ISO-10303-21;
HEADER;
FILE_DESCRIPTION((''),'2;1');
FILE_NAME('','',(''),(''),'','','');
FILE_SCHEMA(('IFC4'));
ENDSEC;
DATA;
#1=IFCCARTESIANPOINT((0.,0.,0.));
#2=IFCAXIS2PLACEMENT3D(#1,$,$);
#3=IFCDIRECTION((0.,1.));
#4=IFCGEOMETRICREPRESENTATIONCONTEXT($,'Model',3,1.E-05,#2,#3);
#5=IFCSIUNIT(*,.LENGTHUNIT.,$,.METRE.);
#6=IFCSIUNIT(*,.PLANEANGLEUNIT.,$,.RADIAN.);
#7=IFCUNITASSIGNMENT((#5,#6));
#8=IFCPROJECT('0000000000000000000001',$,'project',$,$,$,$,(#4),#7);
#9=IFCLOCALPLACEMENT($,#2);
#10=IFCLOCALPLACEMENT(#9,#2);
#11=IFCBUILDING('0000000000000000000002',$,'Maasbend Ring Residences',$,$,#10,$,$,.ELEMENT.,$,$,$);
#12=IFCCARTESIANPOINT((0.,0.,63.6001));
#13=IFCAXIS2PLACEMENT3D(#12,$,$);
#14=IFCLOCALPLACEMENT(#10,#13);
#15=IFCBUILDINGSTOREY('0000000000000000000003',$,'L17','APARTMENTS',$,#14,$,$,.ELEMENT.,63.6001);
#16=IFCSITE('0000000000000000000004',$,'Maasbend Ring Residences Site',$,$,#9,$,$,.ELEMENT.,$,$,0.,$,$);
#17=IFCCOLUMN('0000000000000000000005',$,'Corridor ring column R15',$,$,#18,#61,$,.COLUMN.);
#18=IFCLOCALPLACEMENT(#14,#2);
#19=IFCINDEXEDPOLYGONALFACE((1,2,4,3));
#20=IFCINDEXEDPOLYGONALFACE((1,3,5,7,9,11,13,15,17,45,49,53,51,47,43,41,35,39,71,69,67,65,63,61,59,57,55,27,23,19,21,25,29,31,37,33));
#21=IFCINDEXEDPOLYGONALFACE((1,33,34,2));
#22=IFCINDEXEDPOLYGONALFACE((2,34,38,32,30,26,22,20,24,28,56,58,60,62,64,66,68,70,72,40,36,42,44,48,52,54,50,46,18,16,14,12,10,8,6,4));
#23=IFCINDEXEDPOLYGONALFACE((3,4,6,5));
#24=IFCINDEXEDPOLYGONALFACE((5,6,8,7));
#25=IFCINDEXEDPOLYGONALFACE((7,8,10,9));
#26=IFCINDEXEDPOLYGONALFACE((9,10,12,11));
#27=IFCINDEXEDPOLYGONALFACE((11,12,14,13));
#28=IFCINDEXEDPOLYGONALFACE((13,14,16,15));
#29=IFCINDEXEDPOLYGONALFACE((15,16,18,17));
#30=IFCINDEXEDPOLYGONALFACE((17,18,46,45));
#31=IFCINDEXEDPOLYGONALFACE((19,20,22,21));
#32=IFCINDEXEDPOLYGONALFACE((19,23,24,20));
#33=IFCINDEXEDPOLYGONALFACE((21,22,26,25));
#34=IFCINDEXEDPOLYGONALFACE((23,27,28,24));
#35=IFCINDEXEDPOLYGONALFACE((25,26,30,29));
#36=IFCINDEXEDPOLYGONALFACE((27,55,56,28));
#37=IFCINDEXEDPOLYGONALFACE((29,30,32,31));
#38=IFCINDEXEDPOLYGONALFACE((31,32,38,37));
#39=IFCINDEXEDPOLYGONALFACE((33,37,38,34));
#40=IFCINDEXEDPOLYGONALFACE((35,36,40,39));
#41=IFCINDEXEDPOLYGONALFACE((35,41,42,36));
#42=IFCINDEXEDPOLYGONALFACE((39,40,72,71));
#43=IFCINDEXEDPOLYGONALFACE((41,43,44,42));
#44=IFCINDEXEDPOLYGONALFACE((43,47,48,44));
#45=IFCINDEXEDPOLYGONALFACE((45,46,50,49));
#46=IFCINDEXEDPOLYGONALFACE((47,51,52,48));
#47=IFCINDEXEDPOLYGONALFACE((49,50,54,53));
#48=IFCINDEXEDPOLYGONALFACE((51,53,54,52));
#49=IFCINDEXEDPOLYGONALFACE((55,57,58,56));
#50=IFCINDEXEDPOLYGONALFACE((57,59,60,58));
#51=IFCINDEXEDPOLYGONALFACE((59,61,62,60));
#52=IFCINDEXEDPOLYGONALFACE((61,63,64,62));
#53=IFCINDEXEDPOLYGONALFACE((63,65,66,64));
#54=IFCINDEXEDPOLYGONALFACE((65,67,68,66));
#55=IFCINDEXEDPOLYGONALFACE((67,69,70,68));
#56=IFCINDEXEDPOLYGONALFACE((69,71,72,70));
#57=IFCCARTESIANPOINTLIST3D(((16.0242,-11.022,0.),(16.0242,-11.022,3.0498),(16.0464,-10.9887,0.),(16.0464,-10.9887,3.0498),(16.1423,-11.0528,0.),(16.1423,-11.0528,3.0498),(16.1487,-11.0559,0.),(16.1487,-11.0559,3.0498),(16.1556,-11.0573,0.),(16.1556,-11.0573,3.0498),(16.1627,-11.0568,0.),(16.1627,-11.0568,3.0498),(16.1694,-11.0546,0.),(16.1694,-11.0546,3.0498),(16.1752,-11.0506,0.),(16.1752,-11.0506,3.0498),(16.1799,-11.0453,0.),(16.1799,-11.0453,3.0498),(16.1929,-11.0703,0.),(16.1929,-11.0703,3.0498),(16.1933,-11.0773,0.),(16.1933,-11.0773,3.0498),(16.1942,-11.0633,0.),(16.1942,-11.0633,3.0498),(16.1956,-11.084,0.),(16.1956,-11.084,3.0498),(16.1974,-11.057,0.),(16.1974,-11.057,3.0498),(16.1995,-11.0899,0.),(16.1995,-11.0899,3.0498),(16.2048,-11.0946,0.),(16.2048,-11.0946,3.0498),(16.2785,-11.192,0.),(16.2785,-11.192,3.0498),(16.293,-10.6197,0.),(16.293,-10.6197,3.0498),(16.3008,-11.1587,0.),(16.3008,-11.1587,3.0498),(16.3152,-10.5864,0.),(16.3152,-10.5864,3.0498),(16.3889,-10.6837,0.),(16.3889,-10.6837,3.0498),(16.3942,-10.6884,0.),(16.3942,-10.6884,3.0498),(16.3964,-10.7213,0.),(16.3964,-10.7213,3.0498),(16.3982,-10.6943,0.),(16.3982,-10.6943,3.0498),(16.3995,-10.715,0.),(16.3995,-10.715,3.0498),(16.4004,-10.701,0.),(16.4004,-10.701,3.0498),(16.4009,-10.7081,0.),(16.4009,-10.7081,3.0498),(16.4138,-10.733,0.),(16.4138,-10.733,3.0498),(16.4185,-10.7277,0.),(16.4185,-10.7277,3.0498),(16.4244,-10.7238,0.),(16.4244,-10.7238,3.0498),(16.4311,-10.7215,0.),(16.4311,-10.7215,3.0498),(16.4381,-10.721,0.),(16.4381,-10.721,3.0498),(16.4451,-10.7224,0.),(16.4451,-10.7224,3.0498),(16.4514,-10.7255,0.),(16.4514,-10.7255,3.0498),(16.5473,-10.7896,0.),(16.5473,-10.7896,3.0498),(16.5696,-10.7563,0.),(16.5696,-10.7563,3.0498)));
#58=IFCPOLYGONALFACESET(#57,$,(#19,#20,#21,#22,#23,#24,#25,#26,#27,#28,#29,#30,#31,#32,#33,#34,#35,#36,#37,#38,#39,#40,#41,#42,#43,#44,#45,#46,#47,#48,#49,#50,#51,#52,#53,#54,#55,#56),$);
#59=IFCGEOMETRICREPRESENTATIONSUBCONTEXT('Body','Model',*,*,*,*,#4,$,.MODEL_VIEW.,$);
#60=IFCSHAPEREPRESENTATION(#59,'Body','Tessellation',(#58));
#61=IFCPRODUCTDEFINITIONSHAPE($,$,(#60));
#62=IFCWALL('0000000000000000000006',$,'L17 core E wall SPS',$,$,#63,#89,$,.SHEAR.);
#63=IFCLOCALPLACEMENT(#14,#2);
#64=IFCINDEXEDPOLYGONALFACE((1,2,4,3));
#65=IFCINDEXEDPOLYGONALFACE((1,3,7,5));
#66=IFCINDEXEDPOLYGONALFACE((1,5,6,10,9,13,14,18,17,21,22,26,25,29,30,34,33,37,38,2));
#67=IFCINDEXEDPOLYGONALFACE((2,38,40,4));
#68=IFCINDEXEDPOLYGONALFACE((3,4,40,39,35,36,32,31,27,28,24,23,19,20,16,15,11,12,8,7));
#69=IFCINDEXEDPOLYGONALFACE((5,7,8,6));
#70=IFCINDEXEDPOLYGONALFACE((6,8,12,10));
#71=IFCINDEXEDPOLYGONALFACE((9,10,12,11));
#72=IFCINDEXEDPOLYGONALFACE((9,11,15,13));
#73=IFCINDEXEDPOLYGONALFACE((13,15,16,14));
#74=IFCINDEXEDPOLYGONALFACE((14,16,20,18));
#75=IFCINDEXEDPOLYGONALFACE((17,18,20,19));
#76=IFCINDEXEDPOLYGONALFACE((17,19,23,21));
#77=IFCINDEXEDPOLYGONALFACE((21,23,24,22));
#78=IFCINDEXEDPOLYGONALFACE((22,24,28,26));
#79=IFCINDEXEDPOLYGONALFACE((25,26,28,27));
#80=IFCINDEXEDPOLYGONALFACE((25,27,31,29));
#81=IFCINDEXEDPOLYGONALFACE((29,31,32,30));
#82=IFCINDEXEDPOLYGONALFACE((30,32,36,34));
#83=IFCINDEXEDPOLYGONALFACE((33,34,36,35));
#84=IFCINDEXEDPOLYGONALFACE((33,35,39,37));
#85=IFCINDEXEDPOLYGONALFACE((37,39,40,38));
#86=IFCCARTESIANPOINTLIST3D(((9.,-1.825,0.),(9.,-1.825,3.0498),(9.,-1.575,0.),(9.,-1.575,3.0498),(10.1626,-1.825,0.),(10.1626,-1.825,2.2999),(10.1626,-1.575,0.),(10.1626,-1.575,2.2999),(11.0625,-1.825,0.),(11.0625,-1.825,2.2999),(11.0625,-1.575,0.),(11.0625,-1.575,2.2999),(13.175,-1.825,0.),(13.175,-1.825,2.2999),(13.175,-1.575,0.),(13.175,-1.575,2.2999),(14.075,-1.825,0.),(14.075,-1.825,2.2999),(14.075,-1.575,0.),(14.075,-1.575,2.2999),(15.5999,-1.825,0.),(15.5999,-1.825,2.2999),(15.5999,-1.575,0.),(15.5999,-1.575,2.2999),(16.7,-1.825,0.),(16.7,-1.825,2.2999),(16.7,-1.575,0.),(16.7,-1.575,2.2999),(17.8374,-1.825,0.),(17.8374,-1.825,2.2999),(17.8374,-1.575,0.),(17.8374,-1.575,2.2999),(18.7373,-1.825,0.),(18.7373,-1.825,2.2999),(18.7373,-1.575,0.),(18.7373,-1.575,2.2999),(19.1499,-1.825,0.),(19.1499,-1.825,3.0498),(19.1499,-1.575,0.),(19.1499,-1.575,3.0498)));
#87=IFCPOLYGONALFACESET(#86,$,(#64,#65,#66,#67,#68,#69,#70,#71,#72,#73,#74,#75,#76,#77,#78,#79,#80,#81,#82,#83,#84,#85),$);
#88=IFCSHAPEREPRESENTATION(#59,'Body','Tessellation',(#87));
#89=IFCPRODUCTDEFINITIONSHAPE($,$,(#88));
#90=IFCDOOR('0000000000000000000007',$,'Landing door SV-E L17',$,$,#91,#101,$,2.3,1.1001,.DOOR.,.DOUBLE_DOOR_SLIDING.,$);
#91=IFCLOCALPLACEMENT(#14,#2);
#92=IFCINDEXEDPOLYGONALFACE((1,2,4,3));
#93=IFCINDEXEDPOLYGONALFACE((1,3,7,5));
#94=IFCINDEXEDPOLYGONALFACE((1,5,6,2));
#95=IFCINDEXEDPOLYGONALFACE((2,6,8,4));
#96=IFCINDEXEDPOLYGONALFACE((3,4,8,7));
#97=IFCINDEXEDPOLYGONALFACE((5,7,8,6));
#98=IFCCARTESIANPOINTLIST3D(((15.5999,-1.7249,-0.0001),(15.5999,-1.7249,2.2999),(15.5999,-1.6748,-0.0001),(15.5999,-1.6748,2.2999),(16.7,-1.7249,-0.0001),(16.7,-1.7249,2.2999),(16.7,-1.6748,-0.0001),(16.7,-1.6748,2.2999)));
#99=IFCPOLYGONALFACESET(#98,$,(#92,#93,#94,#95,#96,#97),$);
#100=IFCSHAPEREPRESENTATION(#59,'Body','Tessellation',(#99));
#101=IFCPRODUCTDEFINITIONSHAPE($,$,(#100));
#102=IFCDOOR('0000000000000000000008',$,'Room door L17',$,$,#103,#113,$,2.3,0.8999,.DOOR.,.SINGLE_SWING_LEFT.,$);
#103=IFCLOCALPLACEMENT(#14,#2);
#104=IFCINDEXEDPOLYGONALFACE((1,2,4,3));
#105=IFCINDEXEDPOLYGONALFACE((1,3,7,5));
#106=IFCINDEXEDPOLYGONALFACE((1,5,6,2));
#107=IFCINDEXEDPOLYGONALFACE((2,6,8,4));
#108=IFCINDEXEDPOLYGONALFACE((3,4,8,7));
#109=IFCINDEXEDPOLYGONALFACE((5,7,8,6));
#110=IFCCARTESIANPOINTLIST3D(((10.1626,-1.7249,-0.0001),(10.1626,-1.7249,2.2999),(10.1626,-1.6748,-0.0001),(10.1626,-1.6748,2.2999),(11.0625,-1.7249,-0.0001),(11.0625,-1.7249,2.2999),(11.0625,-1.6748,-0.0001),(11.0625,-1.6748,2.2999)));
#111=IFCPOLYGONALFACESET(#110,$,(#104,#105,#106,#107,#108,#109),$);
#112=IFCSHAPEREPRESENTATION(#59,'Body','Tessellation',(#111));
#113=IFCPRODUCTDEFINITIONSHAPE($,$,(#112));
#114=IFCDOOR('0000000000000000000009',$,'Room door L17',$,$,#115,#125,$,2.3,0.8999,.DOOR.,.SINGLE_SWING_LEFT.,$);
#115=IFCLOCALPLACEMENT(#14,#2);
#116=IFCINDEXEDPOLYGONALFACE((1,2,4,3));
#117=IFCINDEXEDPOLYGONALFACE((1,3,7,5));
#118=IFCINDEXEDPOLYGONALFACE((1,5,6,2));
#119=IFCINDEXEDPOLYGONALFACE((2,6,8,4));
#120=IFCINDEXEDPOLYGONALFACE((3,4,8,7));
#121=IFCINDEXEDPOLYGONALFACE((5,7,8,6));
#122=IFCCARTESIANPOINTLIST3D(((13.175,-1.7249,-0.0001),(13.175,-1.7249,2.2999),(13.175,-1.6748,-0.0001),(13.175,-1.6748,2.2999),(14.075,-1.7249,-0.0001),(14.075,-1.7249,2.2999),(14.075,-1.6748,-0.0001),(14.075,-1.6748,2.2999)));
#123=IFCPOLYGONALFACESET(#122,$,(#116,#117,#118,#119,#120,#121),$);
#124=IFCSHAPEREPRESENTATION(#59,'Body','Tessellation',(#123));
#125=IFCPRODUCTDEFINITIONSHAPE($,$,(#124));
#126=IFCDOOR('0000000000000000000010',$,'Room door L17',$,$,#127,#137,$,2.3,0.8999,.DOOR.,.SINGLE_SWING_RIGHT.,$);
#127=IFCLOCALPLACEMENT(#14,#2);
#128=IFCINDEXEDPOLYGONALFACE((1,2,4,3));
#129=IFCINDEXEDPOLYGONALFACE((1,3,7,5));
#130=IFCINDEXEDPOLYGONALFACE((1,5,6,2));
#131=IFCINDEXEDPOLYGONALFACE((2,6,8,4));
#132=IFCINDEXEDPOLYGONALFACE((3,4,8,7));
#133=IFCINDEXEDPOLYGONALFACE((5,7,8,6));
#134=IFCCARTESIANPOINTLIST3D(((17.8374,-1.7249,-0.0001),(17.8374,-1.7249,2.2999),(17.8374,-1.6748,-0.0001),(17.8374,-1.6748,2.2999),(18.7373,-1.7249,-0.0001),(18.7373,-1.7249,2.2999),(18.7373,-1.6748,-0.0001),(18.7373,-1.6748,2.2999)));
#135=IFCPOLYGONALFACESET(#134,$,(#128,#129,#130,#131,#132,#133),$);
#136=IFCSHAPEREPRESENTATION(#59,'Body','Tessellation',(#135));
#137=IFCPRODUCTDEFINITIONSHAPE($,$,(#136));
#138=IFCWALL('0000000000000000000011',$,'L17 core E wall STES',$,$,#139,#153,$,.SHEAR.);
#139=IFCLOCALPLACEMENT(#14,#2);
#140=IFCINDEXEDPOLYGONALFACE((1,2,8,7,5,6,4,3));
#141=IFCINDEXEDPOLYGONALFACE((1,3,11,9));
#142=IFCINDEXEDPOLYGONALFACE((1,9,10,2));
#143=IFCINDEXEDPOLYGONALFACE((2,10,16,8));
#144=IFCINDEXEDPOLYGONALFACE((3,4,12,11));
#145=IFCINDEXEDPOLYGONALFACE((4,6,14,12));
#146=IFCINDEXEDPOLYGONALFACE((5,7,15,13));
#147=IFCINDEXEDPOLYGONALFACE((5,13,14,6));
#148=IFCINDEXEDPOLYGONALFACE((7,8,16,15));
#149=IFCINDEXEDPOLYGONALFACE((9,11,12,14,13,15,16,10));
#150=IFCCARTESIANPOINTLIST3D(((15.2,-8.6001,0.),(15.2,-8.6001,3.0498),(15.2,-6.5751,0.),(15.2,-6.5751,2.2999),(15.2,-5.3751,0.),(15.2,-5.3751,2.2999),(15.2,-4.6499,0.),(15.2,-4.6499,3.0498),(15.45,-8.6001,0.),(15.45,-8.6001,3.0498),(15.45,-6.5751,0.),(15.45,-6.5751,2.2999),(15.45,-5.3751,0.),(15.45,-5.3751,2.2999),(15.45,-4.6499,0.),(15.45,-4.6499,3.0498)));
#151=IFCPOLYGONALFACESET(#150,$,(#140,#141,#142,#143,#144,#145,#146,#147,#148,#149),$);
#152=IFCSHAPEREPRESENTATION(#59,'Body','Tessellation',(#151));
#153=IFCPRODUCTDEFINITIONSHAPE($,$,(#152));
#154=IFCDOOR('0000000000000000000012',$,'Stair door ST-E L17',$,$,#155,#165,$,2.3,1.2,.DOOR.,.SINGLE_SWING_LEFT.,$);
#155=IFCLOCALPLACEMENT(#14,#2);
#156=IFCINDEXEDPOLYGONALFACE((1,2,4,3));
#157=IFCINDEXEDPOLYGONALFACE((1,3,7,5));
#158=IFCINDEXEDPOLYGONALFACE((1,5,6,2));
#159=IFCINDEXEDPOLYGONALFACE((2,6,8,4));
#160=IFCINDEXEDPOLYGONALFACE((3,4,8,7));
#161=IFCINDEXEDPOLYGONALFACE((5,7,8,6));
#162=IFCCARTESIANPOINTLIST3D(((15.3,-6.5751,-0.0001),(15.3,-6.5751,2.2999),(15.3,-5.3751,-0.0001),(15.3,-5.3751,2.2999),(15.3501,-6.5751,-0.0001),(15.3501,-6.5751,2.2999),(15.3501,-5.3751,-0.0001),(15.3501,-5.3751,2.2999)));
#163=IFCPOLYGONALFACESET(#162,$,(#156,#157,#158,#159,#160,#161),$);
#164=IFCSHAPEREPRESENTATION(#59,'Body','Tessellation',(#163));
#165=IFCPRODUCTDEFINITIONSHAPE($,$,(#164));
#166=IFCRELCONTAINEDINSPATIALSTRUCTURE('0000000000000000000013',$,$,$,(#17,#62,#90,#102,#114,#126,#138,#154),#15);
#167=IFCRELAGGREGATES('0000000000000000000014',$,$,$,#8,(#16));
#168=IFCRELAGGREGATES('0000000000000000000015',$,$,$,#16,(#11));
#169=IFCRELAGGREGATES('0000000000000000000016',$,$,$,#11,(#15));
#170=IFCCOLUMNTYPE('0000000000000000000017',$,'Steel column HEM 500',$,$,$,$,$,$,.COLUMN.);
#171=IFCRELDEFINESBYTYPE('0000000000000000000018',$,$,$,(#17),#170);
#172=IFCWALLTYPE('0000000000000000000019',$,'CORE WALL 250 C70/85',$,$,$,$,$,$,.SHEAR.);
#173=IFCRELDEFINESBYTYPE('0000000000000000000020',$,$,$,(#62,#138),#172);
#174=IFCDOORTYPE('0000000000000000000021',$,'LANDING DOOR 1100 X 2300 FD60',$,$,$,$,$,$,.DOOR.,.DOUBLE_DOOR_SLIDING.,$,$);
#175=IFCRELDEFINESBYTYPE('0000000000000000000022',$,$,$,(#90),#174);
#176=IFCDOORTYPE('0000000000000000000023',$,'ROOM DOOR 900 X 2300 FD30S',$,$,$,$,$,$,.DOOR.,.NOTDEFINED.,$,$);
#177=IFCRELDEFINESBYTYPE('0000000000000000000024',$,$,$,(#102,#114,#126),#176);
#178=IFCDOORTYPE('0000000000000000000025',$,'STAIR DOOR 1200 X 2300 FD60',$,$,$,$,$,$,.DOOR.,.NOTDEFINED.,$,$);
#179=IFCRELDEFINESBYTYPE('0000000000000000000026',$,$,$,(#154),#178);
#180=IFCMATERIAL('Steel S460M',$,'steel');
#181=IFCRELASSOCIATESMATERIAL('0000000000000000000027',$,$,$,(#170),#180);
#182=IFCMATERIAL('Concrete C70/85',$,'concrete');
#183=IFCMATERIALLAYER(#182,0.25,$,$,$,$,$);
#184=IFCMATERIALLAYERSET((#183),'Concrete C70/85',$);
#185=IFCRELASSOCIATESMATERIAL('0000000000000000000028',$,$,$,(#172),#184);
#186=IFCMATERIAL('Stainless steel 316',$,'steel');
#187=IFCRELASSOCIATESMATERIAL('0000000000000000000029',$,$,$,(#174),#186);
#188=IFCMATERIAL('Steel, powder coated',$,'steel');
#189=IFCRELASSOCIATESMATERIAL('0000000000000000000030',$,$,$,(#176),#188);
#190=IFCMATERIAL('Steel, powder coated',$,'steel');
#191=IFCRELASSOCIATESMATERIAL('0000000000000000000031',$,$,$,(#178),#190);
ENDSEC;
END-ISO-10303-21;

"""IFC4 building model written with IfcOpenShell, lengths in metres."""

from ifc_helpers import new_model, si_unit, direction, frame, frame_2d, origin, origin_2d, place, context, subcontext, project, spatial, rectangle, i_section, extrude, material, layer, layer_set, material_profile, profile_set, type_object, element, fill, save


model = new_model("IFC4")

# Units and contexts
model_context = context("Model", 3, precision=1e-05, world=origin(), true_north=direction((0.0, 1.0)))
body_context = subcontext(model_context, "Body", "Model", "MODEL_VIEW")
ifc_project = project(units=[si_unit("LENGTHUNIT", "METRE"), si_unit("PLANEANGLEUNIT", "RADIAN")], contexts=[model_context])

# Site, building, storey
site_placement = place(None, origin())
site = spatial("IfcSite", under=ifc_project, at=site_placement, Name="Maasbend Ring Residences Site", CompositionType="ELEMENT", RefElevation=0.0)
building_placement = place(site_placement, origin())
building = spatial("IfcBuilding", under=site, at=building_placement, Name="Maasbend Ring Residences", CompositionType="ELEMENT")
storey_placement = place(building_placement, frame((0.0, 0.0, 63.6001)))
storey = spatial("IfcBuildingStorey", under=building, at=storey_placement, Name="L17", Description="APARTMENTS", CompositionType="ELEMENT", Elevation=63.6001)

# Column
ifc_material_1 = material(Name="Steel S460M", Category="steel")
ifc_material_profile = material_profile(ifc_material_1, i_section(OverallWidth=0.3059, OverallDepth=0.5239, WebThickness=0.021, FlangeThickness=0.04, FilletRadius=0.0271, at=origin_2d()), Name="HEM 500")
ifc_profile_set = profile_set([ifc_material_profile], Name="Steel S460M")
column_type = type_object("IfcColumnType", Name="Steel column HEM 500", PredefinedType="COLUMN", material=ifc_profile_set)
column_placement = place(storey_placement, frame((16.2969, -10.8892, 0.0), z_axis=(0.0, 0.0, 1.0), x_axis=(0.83147, -0.55557, 0.0)))
element("IfcColumn", 1, at=column_placement, inside=storey, type_object=column_type, Name="Corridor ring column R15", PredefinedType="COLUMN", context=body_context, shape_type="SweptSolid", body=[
    extrude(i_section(OverallWidth=0.3059, OverallDepth=0.5239, WebThickness=0.021, FlangeThickness=0.04, FilletRadius=0.0271, at=origin_2d()), origin(), (0.0, 0.0, 1.0), 3.0498),
])

# Wall, openings, doors
ifc_material_2 = material(Name="Concrete C70/85", Category="concrete")
ifc_layer_1 = layer(ifc_material_2, 0.25)
ifc_layer_set_1 = layer_set([ifc_layer_1], Name="Concrete C70/85")
wall_type_1 = type_object("IfcWallType", Name="CORE WALL 250 C70/85", PredefinedType="SHEAR", material=ifc_layer_set_1)
wall_1_placement = place(storey_placement, frame((19.1499, -1.7, 0.0), z_axis=(0.0, 0.0, 1.0), x_axis=(-1.0, 0.0, 0.0)))
wall_1 = element("IfcWall", 2, at=wall_1_placement, inside=storey, type_object=wall_type_1, Name="L17 core E wall SPS", PredefinedType="SHEAR", context=body_context, shape_type="SweptSolid", body=[
    extrude(rectangle(XDim=10.1499, YDim=0.25, at=frame_2d((5.075, 0.0))), origin(), (0.0, 0.0, 1.0), 3.0498),
])
opening_1_placement = place(wall_1_placement, frame((2.45, 0.0, 0.0)))
opening_1 = element("IfcOpeningElement", 3, at=opening_1_placement, cuts=wall_1, PredefinedType="OPENING", context=body_context, shape_type="SweptSolid", body=[
    extrude(rectangle(XDim=1.1001, YDim=2.3, at=frame_2d((0.55, 1.1499))), frame((0.0, 0.135, 0.0), z_axis=(0.0, -1.0, 0.0), x_axis=(1.0, 0.0, 0.0)), (0.0, 0.0, 1.0), 0.27),
])
opening_2_placement = place(wall_1_placement, frame((8.0874, 0.0, 0.0)))
opening_2 = element("IfcOpeningElement", 4, at=opening_2_placement, cuts=wall_1, PredefinedType="OPENING", context=body_context, shape_type="SweptSolid", body=[
    extrude(rectangle(XDim=0.8999, YDim=2.3, at=frame_2d((0.45, 1.1499))), frame((0.0, 0.135, 0.0), z_axis=(0.0, -1.0, 0.0), x_axis=(1.0, 0.0, 0.0)), (0.0, 0.0, 1.0), 0.27),
])
opening_3_placement = place(wall_1_placement, frame((5.075, 0.0, 0.0)))
opening_3 = element("IfcOpeningElement", 5, at=opening_3_placement, cuts=wall_1, PredefinedType="OPENING", context=body_context, shape_type="SweptSolid", body=[
    extrude(rectangle(XDim=0.8999, YDim=2.3, at=frame_2d((0.45, 1.1499))), frame((0.0, 0.135, 0.0), z_axis=(0.0, -1.0, 0.0), x_axis=(1.0, 0.0, 0.0)), (0.0, 0.0, 1.0), 0.27),
])
opening_4_placement = place(wall_1_placement, frame((0.4126, 0.0, 0.0)))
opening_4 = element("IfcOpeningElement", 6, at=opening_4_placement, cuts=wall_1, PredefinedType="OPENING", context=body_context, shape_type="SweptSolid", body=[
    extrude(rectangle(XDim=0.8999, YDim=2.3, at=frame_2d((0.45, 1.1499))), frame((0.0, 0.135, 0.0), z_axis=(0.0, -1.0, 0.0), x_axis=(1.0, 0.0, 0.0)), (0.0, 0.0, 1.0), 0.27),
])
ifc_material_3 = material(Name="Stainless steel 316", Category="steel")
door_type_1 = type_object("IfcDoorType", Name="LANDING DOOR 1100 X 2300 FD60", OperationType="DOUBLE_DOOR_SLIDING", PredefinedType="DOOR", material=ifc_material_3)
door_1_placement = place(opening_1_placement, origin())
door_1 = element("IfcDoor", 7, at=door_1_placement, inside=storey, type_object=door_type_1, Name="Landing door SV-E L17", OperationType="DOUBLE_DOOR_SLIDING", OverallHeight=2.3, OverallWidth=1.1001, PredefinedType="DOOR", context=body_context, shape_type="SweptSolid", body=[
    extrude(rectangle(XDim=1.1001, YDim=2.3, at=frame_2d((0.55, 1.1499))), frame((0.0, 0.0249, 0.0), z_axis=(0.0, -1.0, 0.0), x_axis=(1.0, 0.0, 0.0)), (0.0, 0.0, 1.0), 0.05),
])
fill(opening_1, door_1)
ifc_material_4 = material(Name="Steel, powder coated", Category="steel")
door_type_2 = type_object("IfcDoorType", Name="ROOM DOOR 900 X 2300 FD30S", OperationType="NOTDEFINED", PredefinedType="DOOR", material=ifc_material_4)
door_2_placement = place(opening_2_placement, origin())
door_2 = element("IfcDoor", 8, at=door_2_placement, inside=storey, type_object=door_type_2, Name="Room door L17", OperationType="SINGLE_SWING_LEFT", OverallHeight=2.3, OverallWidth=0.8999, PredefinedType="DOOR", context=body_context, shape_type="SweptSolid", body=[
    extrude(rectangle(XDim=0.8999, YDim=2.3, at=frame_2d((0.45, 1.1499))), frame((0.0, 0.0249, 0.0), z_axis=(0.0, -1.0, 0.0), x_axis=(1.0, 0.0, 0.0)), (0.0, 0.0, 1.0), 0.05),
])
fill(opening_2, door_2)
door_3_placement = place(opening_3_placement, origin())
door_3 = element("IfcDoor", 9, at=door_3_placement, inside=storey, type_object=door_type_2, Name="Room door L17", OperationType="SINGLE_SWING_LEFT", OverallHeight=2.3, OverallWidth=0.8999, PredefinedType="DOOR", context=body_context, shape_type="SweptSolid", body=[
    extrude(rectangle(XDim=0.8999, YDim=2.3, at=frame_2d((0.45, 1.1499))), frame((0.0, 0.0249, 0.0), z_axis=(0.0, -1.0, 0.0), x_axis=(1.0, 0.0, 0.0)), (0.0, 0.0, 1.0), 0.05),
])
fill(opening_3, door_3)
door_4_placement = place(opening_4_placement, origin())
door_4 = element("IfcDoor", 10, at=door_4_placement, inside=storey, type_object=door_type_2, Name="Room door L17", OperationType="SINGLE_SWING_RIGHT", OverallHeight=2.3, OverallWidth=0.8999, PredefinedType="DOOR", context=body_context, shape_type="SweptSolid", body=[
    extrude(rectangle(XDim=0.8999, YDim=2.3, at=frame_2d((0.45, 1.1499))), frame((0.0, 0.0249, 0.0), z_axis=(0.0, -1.0, 0.0), x_axis=(1.0, 0.0, 0.0)), (0.0, 0.0, 1.0), 0.05),
])
fill(opening_4, door_4)

# Wall, opening, door
wall_2_placement = place(storey_placement, frame((15.325, -8.6001, 0.0), z_axis=(0.0, 0.0, 1.0), x_axis=(0.0, 1.0, 0.0)))
wall_2 = element("IfcWall", 11, at=wall_2_placement, inside=storey, type_object=wall_type_1, Name="L17 core E wall STES", PredefinedType="SHEAR", context=body_context, shape_type="SweptSolid", body=[
    extrude(rectangle(XDim=3.9502, YDim=0.25, at=frame_2d((1.9751, 0.0))), origin(), (0.0, 0.0, 1.0), 3.0498),
])
opening_5_placement = place(wall_2_placement, frame((2.0249, 0.0, 0.0)))
opening_5 = element("IfcOpeningElement", 12, at=opening_5_placement, cuts=wall_2, PredefinedType="OPENING", context=body_context, shape_type="SweptSolid", body=[
    extrude(rectangle(XDim=1.2, YDim=2.3, at=frame_2d((0.6001, 1.1499))), frame((0.0, 0.135, 0.0), z_axis=(0.0, -1.0, 0.0), x_axis=(1.0, 0.0, 0.0)), (0.0, 0.0, 1.0), 0.27),
])
ifc_material_5 = material(Name="Steel, powder coated", Category="steel")
door_type_3 = type_object("IfcDoorType", Name="STAIR DOOR 1200 X 2300 FD60", OperationType="NOTDEFINED", PredefinedType="DOOR", material=ifc_material_5)
door_5_placement = place(opening_5_placement, origin())
door_5 = element("IfcDoor", 13, at=door_5_placement, inside=storey, type_object=door_type_3, Name="Stair door ST-E L17", OperationType="SINGLE_SWING_LEFT", OverallHeight=2.3, OverallWidth=1.2, PredefinedType="DOOR", context=body_context, shape_type="SweptSolid", body=[
    extrude(rectangle(XDim=1.2, YDim=2.3, at=frame_2d((0.6001, 1.1499))), frame((0.0, 0.0249, 0.0), z_axis=(0.0, -1.0, 0.0), x_axis=(1.0, 0.0, 0.0)), (0.0, 0.0, 1.0), 0.05),
])
fill(opening_5, door_5)

save(model, "model.ifc")
